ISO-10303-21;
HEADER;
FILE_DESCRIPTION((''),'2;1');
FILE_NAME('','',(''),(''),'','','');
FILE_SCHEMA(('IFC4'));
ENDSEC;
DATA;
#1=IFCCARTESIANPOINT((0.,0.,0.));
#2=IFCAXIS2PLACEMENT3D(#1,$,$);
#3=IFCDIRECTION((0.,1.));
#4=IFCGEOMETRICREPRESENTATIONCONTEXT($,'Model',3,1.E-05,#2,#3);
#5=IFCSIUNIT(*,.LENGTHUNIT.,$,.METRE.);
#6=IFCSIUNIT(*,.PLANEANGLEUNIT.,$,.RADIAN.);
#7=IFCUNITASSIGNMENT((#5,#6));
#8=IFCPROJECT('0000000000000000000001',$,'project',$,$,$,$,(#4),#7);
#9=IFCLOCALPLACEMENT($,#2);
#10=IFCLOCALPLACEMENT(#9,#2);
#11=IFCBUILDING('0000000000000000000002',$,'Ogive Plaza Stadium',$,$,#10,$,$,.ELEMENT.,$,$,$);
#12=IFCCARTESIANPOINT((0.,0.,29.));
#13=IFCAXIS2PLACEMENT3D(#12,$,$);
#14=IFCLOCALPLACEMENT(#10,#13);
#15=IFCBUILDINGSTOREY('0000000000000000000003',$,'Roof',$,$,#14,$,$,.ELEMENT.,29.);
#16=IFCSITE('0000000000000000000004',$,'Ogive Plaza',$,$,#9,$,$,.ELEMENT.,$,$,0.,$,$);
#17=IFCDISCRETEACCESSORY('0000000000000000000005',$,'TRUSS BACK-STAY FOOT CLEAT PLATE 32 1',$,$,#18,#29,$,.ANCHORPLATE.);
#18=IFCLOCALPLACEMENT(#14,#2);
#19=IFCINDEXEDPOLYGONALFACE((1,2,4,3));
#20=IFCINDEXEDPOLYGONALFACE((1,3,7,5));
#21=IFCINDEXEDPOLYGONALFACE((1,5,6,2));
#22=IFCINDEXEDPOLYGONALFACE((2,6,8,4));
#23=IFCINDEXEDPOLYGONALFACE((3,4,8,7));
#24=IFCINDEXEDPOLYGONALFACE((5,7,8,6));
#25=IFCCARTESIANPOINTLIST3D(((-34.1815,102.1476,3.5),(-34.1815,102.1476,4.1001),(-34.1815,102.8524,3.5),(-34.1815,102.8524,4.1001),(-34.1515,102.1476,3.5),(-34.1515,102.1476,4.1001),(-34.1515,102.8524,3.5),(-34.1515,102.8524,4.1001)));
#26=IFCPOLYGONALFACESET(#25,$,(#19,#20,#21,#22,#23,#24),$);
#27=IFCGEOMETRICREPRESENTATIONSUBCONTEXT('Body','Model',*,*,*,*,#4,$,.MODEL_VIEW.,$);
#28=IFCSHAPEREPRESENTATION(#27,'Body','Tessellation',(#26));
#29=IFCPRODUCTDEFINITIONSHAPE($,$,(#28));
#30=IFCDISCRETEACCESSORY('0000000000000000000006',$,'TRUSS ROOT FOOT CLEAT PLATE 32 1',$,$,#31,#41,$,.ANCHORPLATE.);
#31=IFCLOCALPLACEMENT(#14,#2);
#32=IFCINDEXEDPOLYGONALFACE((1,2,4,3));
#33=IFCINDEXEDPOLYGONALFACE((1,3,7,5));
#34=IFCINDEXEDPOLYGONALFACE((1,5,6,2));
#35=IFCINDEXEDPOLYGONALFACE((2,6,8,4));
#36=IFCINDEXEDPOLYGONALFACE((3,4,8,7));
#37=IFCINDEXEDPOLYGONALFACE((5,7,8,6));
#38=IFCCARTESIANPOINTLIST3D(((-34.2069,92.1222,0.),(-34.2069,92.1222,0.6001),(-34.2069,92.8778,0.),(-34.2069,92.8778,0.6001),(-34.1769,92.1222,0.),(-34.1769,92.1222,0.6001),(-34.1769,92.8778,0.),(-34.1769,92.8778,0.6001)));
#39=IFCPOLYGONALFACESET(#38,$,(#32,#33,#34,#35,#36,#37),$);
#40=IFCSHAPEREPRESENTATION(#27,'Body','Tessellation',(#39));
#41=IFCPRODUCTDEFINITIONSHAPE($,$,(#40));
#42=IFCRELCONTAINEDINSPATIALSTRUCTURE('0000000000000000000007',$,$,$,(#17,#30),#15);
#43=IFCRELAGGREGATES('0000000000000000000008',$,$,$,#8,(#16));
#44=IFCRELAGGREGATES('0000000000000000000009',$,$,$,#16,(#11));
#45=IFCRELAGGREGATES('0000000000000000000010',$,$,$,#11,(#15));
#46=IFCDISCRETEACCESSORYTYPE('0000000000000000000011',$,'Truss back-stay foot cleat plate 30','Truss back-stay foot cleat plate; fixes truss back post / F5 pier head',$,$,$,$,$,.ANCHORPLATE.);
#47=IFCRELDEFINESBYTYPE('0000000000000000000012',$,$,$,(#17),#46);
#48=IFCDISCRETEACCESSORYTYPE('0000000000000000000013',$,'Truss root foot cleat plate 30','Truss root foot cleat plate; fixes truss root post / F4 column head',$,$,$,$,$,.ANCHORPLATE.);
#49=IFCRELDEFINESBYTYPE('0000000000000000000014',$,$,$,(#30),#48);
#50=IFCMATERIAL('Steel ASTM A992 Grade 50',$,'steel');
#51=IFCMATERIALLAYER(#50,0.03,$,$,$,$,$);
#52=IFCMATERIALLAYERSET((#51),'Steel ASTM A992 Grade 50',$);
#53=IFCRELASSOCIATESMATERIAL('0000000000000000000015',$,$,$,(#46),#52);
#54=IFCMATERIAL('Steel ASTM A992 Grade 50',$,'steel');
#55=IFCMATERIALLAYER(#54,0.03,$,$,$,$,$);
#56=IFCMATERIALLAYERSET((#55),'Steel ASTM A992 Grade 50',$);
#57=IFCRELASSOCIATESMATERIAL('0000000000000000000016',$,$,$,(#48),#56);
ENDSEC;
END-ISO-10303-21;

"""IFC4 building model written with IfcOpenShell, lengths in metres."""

from ifc_helpers import new_model, si_unit, direction, frame, origin, origin_2d, place, context, subcontext, project, spatial, rectangle, extrude, material, layer, layer_set, type_object, element, save


model = new_model("IFC4")

# Units and contexts
model_context = context("Model", 3, precision=1e-05, world=origin(), true_north=direction((0.0, 1.0)))
body_context = subcontext(model_context, "Body", "Model", "MODEL_VIEW")
ifc_project = project(units=[si_unit("LENGTHUNIT", "METRE"), si_unit("PLANEANGLEUNIT", "RADIAN")], contexts=[model_context])

# Site, building, storey
site_placement = place(None, origin())
site = spatial("IfcSite", under=ifc_project, at=site_placement, Name="Ogive Plaza", CompositionType="ELEMENT", RefElevation=0.0)
building_placement = place(site_placement, origin())
building = spatial("IfcBuilding", under=site, at=building_placement, Name="Ogive Plaza Stadium", CompositionType="ELEMENT")
storey_placement = place(building_placement, frame((0.0, 0.0, 29.0)))
storey = spatial("IfcBuildingStorey", under=building, at=storey_placement, Name="Roof", CompositionType="ELEMENT", Elevation=29.0)

# Discrete accessories
ifc_material_1 = material(Name="Steel ASTM A992 Grade 50", Category="steel")
ifc_layer_1 = layer(ifc_material_1, 0.03)
ifc_layer_set_1 = layer_set([ifc_layer_1], Name="Steel ASTM A992 Grade 50")
discrete_accessory_type_1 = type_object("IfcDiscreteAccessoryType", Name="Truss back-stay foot cleat plate 30", Description="Truss back-stay foot cleat plate; fixes truss back post / F5 pier head", PredefinedType="ANCHORPLATE", material=ifc_layer_set_1)
discrete_accessory_1_placement = place(storey_placement, frame((-34.1665, 102.5, 3.5), z_axis=(0.0, 0.0, 1.0), x_axis=(0.0, 1.0, 0.0)))
element("IfcDiscreteAccessory", 1, at=discrete_accessory_1_placement, inside=storey, type_object=discrete_accessory_type_1, Name="TRUSS BACK-STAY FOOT CLEAT PLATE 32 1", PredefinedType="ANCHORPLATE", context=body_context, shape_type="SweptSolid", body=[
    extrude(rectangle(XDim=0.7048, YDim=0.03, at=origin_2d()), origin(), (0.0, 0.0, 1.0), 0.6001),
])
ifc_material_2 = material(Name="Steel ASTM A992 Grade 50", Category="steel")
ifc_layer_2 = layer(ifc_material_2, 0.03)
ifc_layer_set_2 = layer_set([ifc_layer_2], Name="Steel ASTM A992 Grade 50")
discrete_accessory_type_2 = type_object("IfcDiscreteAccessoryType", Name="Truss root foot cleat plate 30", Description="Truss root foot cleat plate; fixes truss root post / F4 column head", PredefinedType="ANCHORPLATE", material=ifc_layer_set_2)
discrete_accessory_2_placement = place(storey_placement, frame((-34.1919, 92.5, 0.0), z_axis=(0.0, 0.0, 1.0), x_axis=(0.0, 1.0, 0.0)))
element("IfcDiscreteAccessory", 2, at=discrete_accessory_2_placement, inside=storey, type_object=discrete_accessory_type_2, Name="TRUSS ROOT FOOT CLEAT PLATE 32 1", PredefinedType="ANCHORPLATE", context=body_context, shape_type="SweptSolid", body=[
    extrude(rectangle(XDim=0.7556, YDim=0.03, at=origin_2d()), origin(), (0.0, 0.0, 1.0), 0.6001),
])

save(model, "model.ifc")
